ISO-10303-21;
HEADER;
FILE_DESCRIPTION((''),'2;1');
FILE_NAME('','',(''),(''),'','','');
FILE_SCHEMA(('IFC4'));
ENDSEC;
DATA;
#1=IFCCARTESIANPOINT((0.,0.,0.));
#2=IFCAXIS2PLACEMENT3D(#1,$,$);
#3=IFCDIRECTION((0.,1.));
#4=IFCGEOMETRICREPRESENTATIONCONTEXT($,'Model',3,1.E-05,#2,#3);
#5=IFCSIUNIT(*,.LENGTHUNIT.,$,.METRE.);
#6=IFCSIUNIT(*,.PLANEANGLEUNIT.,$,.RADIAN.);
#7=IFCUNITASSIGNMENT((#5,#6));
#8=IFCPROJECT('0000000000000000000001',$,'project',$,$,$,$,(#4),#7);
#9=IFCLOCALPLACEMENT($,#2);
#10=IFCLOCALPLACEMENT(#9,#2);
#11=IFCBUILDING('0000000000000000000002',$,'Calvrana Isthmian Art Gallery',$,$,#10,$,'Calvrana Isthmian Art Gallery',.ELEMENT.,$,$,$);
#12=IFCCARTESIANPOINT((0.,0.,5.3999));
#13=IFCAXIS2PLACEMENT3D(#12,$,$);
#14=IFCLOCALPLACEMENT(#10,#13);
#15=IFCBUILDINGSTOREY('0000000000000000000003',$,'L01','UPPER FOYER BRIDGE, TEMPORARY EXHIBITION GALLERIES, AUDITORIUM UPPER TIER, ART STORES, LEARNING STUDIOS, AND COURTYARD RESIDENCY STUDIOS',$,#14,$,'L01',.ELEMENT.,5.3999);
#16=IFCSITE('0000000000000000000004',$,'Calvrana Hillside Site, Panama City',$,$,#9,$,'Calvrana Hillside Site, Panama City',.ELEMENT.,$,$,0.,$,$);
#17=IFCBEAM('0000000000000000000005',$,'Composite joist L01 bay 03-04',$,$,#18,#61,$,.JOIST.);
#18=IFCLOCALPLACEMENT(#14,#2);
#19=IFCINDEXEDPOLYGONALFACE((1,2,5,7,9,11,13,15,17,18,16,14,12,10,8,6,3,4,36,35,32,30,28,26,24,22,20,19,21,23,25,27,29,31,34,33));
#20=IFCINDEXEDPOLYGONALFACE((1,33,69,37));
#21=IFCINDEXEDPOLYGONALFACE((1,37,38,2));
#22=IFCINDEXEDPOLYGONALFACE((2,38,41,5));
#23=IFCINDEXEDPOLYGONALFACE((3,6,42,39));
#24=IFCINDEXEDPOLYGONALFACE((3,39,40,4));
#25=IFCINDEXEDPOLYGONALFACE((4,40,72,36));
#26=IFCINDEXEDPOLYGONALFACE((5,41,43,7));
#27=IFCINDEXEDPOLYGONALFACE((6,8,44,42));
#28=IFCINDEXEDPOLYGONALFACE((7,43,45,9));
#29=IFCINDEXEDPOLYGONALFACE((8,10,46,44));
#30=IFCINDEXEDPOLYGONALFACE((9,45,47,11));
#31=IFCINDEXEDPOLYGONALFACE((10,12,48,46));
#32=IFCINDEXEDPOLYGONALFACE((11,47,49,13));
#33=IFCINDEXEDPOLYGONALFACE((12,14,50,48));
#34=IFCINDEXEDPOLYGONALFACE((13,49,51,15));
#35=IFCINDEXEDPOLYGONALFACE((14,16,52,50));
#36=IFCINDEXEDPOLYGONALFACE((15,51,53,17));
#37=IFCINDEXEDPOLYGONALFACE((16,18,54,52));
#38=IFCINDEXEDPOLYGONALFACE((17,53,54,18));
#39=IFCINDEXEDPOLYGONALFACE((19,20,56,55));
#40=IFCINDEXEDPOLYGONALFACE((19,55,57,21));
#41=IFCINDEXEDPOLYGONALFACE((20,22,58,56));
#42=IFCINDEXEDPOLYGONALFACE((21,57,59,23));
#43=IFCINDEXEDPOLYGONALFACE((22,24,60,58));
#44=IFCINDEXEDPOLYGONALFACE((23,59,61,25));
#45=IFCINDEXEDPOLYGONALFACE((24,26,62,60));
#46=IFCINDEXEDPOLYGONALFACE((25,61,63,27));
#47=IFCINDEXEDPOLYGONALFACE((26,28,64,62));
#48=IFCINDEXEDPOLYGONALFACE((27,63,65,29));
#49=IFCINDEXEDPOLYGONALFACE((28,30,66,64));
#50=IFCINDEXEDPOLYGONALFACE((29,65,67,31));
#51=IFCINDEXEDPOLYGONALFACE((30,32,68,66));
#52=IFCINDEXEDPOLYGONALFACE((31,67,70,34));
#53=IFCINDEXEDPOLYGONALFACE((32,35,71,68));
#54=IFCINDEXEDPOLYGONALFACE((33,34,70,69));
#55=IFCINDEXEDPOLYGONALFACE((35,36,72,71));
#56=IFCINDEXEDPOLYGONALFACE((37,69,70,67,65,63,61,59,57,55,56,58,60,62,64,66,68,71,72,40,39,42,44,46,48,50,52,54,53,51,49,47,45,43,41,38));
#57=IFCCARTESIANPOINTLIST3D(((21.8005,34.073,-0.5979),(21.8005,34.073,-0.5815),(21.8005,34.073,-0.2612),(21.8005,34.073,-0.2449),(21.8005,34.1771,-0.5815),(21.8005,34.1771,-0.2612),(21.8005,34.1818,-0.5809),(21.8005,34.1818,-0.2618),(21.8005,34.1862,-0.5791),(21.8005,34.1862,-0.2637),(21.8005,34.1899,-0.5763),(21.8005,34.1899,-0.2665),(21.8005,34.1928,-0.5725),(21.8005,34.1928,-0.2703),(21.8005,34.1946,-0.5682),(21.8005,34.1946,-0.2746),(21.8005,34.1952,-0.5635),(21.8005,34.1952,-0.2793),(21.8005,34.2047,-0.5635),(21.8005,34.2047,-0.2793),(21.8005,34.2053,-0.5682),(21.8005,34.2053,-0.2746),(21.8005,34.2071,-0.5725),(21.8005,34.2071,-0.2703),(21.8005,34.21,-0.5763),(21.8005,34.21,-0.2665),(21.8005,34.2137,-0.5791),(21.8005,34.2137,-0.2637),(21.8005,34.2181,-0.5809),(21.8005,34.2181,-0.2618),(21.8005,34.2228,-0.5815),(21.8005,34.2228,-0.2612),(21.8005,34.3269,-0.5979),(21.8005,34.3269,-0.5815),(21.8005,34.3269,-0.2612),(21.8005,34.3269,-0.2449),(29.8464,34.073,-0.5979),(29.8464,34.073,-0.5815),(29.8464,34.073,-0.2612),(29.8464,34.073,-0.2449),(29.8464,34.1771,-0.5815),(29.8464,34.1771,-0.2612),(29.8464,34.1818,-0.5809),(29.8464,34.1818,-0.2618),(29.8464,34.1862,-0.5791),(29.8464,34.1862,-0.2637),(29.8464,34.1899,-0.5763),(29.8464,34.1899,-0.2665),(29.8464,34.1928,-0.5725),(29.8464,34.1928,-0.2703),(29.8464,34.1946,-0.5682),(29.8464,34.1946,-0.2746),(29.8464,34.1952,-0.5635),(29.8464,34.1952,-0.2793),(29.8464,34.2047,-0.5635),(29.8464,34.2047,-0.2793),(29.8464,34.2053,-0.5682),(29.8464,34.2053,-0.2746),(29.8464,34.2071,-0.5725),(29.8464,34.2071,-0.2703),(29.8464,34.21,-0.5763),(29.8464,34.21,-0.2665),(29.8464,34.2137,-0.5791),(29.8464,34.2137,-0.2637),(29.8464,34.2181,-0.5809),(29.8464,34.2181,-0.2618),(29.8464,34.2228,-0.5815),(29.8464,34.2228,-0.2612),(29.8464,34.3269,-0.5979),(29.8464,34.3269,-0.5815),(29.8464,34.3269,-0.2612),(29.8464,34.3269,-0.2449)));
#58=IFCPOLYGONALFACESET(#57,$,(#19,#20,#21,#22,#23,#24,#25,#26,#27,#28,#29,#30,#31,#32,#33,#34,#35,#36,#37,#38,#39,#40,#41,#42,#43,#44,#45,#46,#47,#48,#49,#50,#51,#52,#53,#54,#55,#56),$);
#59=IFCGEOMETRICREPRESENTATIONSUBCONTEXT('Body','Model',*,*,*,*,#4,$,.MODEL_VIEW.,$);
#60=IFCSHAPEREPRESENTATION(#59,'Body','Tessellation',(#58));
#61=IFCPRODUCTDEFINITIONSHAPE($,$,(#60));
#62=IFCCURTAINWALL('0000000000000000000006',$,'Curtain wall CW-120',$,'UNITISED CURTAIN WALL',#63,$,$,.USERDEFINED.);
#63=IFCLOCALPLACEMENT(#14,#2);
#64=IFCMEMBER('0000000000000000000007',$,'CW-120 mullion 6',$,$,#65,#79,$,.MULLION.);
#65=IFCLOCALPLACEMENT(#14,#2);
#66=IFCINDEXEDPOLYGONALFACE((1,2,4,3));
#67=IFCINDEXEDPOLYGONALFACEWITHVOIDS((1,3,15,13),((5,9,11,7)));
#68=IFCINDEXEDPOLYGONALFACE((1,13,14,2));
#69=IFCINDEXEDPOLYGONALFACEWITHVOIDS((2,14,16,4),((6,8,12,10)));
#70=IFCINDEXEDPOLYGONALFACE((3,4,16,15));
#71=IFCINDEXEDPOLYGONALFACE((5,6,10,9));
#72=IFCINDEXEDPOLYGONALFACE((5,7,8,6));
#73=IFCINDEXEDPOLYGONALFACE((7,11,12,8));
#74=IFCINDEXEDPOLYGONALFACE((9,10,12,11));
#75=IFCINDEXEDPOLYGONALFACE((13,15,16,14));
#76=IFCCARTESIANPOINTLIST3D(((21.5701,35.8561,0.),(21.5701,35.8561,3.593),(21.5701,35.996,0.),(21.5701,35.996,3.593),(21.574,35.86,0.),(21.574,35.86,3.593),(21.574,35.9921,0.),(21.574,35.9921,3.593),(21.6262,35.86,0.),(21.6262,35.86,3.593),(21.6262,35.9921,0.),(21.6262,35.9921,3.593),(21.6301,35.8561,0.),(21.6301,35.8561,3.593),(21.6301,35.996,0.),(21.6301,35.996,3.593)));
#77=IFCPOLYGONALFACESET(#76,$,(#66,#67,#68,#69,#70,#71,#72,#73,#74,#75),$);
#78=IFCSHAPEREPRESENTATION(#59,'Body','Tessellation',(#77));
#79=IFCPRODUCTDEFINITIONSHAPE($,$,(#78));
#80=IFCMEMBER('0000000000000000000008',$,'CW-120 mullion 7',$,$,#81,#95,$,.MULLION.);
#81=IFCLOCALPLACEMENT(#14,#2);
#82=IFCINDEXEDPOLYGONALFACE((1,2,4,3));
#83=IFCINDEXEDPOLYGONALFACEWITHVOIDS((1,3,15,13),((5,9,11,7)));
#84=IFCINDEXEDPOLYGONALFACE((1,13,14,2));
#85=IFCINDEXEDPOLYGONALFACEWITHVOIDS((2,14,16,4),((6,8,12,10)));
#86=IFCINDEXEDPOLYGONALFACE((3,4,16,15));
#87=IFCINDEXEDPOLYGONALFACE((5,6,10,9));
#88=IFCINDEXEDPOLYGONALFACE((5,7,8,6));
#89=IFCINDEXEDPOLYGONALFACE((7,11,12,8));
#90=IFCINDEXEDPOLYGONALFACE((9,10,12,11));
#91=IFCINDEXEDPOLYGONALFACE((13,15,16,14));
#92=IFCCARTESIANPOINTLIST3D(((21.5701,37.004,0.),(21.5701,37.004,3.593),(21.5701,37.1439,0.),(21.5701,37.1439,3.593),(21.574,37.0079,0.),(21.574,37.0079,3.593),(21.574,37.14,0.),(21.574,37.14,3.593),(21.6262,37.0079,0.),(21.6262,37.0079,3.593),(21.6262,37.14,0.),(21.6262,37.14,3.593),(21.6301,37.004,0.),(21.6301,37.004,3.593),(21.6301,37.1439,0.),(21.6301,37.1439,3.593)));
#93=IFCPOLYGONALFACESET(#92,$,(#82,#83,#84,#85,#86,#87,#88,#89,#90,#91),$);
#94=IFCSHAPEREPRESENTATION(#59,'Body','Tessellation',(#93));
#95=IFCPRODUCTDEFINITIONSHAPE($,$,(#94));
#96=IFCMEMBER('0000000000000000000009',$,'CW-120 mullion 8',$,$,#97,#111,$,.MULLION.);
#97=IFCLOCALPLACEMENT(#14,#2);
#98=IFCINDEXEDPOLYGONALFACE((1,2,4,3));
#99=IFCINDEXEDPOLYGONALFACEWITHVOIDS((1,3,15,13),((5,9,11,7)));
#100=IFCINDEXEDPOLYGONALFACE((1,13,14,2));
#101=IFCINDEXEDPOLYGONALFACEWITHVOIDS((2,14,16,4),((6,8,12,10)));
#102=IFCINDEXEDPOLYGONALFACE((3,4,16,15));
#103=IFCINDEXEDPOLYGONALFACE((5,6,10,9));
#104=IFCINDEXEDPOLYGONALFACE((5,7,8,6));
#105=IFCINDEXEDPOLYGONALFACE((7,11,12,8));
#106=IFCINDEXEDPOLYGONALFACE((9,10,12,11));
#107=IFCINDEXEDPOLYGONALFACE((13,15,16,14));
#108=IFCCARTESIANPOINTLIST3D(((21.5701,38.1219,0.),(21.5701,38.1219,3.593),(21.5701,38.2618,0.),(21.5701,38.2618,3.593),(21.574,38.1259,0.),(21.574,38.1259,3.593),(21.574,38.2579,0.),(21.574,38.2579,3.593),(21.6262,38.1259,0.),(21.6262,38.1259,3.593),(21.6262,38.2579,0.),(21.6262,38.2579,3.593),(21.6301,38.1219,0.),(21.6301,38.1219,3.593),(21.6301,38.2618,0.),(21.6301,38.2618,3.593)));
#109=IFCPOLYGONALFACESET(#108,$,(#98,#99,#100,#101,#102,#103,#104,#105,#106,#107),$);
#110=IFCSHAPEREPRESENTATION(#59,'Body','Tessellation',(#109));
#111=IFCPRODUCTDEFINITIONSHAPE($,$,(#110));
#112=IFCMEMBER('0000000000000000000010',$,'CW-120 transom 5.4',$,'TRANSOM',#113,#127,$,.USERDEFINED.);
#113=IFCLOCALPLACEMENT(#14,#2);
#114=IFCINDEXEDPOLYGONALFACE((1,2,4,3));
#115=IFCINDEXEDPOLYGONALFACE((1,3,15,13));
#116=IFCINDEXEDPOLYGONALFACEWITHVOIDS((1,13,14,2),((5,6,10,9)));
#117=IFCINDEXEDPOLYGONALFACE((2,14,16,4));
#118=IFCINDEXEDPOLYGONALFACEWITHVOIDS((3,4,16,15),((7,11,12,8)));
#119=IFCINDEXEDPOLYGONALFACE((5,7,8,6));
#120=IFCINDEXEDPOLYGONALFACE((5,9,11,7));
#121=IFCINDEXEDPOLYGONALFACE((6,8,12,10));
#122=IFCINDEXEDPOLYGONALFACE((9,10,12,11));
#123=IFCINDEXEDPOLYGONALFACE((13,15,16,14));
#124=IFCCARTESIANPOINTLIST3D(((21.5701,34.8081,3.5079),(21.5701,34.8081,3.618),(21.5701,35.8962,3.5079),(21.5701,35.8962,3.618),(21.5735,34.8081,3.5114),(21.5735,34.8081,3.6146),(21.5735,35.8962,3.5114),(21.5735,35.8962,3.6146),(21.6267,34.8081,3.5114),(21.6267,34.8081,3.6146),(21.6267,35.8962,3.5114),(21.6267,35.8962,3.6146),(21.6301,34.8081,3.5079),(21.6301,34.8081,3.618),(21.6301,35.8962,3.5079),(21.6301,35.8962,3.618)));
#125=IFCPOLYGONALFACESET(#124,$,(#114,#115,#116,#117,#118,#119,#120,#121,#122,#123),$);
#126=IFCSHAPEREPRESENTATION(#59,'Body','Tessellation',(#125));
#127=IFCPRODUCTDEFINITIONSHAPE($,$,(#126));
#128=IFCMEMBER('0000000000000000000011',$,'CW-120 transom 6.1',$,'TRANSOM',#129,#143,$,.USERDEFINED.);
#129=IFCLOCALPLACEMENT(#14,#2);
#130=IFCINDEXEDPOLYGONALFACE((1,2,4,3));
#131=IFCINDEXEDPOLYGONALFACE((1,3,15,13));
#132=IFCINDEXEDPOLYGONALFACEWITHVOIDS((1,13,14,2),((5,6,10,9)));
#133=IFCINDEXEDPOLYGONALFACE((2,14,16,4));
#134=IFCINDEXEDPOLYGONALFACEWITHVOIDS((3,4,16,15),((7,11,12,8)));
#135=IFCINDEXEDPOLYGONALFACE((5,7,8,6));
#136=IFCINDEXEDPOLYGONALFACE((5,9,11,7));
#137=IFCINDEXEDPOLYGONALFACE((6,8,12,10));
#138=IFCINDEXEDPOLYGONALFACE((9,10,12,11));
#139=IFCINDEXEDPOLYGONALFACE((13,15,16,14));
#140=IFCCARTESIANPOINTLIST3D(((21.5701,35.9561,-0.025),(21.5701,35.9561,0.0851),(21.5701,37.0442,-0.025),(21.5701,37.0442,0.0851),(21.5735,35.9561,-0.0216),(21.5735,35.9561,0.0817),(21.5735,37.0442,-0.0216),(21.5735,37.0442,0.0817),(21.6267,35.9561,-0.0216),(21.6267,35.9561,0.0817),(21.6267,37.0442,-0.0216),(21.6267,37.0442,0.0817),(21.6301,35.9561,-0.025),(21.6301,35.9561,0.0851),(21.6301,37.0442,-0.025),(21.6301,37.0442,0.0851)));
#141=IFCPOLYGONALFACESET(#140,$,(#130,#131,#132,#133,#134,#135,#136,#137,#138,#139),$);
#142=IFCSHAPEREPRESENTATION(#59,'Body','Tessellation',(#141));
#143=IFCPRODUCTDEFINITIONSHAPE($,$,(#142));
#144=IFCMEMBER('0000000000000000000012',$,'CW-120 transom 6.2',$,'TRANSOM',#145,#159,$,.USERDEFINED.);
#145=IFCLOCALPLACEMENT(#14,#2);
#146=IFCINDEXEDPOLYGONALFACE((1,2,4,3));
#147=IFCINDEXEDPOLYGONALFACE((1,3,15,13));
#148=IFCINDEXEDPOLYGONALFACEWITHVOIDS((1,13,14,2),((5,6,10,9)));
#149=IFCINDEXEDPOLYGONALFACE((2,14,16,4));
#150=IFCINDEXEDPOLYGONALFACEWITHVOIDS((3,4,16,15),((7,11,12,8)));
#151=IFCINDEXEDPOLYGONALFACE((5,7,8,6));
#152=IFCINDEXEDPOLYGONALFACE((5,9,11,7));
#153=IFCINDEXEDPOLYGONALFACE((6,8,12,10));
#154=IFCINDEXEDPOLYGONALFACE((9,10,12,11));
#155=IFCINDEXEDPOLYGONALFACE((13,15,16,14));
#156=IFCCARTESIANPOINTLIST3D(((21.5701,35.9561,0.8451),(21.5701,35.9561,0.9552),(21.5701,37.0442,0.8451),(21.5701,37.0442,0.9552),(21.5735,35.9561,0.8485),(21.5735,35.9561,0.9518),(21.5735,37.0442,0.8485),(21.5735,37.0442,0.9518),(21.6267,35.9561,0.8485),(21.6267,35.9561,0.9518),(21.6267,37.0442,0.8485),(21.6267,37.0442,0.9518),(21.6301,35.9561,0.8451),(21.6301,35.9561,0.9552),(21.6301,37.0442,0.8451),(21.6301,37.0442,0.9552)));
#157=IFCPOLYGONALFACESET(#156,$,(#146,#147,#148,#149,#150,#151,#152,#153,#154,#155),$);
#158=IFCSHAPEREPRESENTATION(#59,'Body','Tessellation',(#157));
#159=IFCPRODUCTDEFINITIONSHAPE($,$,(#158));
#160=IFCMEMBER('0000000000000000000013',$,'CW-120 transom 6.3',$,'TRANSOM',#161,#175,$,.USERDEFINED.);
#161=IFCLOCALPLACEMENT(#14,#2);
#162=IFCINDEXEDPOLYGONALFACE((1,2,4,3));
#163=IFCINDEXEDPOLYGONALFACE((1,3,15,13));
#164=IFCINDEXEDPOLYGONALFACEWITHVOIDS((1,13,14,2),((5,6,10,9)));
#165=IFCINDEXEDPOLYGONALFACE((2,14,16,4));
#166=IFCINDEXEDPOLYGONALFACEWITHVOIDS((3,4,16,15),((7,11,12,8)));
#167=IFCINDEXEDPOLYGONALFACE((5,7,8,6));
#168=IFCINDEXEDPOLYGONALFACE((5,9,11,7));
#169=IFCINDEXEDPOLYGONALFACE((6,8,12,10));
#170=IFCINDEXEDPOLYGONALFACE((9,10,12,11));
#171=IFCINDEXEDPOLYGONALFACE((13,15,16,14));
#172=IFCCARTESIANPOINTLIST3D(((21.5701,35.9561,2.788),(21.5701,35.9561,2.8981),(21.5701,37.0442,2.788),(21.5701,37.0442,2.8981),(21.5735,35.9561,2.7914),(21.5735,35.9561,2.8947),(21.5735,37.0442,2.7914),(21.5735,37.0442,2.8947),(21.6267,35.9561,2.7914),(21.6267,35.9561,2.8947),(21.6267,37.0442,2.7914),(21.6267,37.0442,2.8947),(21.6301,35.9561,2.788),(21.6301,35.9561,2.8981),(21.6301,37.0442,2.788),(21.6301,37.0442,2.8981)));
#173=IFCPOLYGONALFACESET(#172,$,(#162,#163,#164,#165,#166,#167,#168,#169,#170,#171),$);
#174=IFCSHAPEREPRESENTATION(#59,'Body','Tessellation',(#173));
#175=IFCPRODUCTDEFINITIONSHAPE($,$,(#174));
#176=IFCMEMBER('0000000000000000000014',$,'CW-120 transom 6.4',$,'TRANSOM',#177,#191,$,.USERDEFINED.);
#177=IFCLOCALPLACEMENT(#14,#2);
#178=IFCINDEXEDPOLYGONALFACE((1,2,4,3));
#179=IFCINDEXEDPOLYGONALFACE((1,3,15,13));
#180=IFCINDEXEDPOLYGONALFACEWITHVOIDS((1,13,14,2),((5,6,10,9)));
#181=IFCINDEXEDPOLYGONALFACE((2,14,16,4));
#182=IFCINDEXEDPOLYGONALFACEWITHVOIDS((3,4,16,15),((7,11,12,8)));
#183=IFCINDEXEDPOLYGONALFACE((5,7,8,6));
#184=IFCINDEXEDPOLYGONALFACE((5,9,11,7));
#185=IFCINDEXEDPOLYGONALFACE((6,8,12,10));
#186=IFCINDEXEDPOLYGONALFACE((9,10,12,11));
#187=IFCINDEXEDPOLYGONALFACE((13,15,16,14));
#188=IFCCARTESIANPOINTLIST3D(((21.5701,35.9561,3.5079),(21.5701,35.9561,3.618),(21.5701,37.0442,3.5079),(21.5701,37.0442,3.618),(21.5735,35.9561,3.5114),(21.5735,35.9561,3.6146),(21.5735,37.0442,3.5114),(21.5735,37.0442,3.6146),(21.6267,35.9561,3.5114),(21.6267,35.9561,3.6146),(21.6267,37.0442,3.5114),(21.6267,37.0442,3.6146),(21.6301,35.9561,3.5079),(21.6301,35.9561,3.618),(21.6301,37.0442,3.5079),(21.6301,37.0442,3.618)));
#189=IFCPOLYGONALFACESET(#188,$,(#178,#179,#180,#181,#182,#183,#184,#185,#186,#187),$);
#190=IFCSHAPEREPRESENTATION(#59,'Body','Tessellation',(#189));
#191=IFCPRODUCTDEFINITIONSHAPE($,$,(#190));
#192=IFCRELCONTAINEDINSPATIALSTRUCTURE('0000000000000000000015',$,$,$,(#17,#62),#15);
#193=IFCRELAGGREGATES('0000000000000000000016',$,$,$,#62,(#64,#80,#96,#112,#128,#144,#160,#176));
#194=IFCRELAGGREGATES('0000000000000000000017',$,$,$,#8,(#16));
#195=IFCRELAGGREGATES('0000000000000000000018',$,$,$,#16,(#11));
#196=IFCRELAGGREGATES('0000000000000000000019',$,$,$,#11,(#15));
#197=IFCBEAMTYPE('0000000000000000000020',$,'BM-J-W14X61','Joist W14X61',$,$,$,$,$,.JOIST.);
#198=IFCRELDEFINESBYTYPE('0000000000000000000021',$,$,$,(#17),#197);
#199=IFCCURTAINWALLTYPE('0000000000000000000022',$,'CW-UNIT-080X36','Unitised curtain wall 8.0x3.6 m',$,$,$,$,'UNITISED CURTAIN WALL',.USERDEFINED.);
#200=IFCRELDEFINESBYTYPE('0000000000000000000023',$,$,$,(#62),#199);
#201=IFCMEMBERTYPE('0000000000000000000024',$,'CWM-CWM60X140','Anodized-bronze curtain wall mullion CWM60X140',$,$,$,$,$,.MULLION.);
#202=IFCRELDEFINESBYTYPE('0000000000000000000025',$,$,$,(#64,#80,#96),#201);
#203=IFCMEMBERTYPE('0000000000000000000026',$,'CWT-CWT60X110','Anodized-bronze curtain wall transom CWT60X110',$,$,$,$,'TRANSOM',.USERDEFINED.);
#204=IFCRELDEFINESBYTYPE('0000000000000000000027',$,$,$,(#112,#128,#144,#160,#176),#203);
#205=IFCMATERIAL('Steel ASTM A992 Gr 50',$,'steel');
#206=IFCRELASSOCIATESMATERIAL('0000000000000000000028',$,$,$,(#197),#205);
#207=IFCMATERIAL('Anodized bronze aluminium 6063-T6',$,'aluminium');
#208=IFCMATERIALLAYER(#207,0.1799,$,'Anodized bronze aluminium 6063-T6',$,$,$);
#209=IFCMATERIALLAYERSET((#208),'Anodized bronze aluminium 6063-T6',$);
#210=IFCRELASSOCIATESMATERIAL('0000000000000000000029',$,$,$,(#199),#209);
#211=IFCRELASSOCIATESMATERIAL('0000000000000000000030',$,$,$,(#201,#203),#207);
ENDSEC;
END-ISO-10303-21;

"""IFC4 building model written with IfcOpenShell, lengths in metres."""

from ifc_helpers import new_model, si_unit, direction, frame, origin, origin_2d, place, context, subcontext, project, spatial, hollow_rectangle, i_section, extrude, material, layer, layer_set, material_profile, profile_set, type_object, element, aggregate, save


model = new_model("IFC4")

# Units and contexts
model_context = context("Model", 3, precision=1e-05, world=origin(), true_north=direction((0.0, 1.0)))
body_context = subcontext(model_context, "Body", "Model", "MODEL_VIEW")
ifc_project = project(units=[si_unit("LENGTHUNIT", "METRE"), si_unit("PLANEANGLEUNIT", "RADIAN")], contexts=[model_context])

# Site, building, storey
site_placement = place(None, origin())
site = spatial("IfcSite", under=ifc_project, at=site_placement, Name="Calvrana Hillside Site, Panama City", LongName="Calvrana Hillside Site, Panama City", CompositionType="ELEMENT", RefElevation=0.0)
building_placement = place(site_placement, origin())
building = spatial("IfcBuilding", under=site, at=building_placement, Name="Calvrana Isthmian Art Gallery", LongName="Calvrana Isthmian Art Gallery", CompositionType="ELEMENT")
storey_placement = place(building_placement, frame((0.0, 0.0, 5.3999)))
storey = spatial("IfcBuildingStorey", under=building, at=storey_placement, Name="L01", Description="UPPER FOYER BRIDGE, TEMPORARY EXHIBITION GALLERIES, AUDITORIUM UPPER TIER, ART STORES, LEARNING STUDIOS, AND COURTYARD RESIDENCY STUDIOS", LongName="L01", CompositionType="ELEMENT", Elevation=5.3999)

# Shared definitions
ifc_material_1 = material(Name="Steel ASTM A992 Gr 50", Category="steel")

# Beam
ifc_material_profile_1 = material_profile(ifc_material_1, i_section(OverallWidth=0.2539, OverallDepth=0.353, WebThickness=0.0095, FlangeThickness=0.0164, FilletRadius=0.0181, at=origin_2d()), Name="W14X61")
ifc_profile_set_1 = profile_set([ifc_material_profile_1], Name="Steel ASTM A992 Gr 50")
beam_type_1 = type_object("IfcBeamType", Name="BM-J-W14X61", Description="Joist W14X61", PredefinedType="JOIST", material=ifc_profile_set_1)
beam_1_placement = place(storey_placement, frame((21.8005, 34.2, -0.4214), z_axis=(1.0, 0.0, 0.0), x_axis=(0.0, 1.0, 0.0)))
element("IfcBeam", 1, at=beam_1_placement, inside=storey, type_object=beam_type_1, Name="Composite joist L01 bay 03-04", PredefinedType="JOIST", context=body_context, shape_type="SweptSolid", body=[
    extrude(i_section(OverallWidth=0.2539, OverallDepth=0.353, WebThickness=0.0095, FlangeThickness=0.0164, FilletRadius=0.0181, at=origin_2d()), origin(), (0.0, 0.0, 1.0), 8.0459),
])

# Curtain wall, members
ifc_material_2 = material(Name="Anodized bronze aluminium 6063-T6", Category="aluminium")
ifc_layer_1 = layer(ifc_material_2, 0.1799, Name="Anodized bronze aluminium 6063-T6")
ifc_layer_set_1 = layer_set([ifc_layer_1], Name="Anodized bronze aluminium 6063-T6")
curtain_wall_type = type_object("IfcCurtainWallType", Name="CW-UNIT-080X36", Description="Unitised curtain wall 8.0x3.6 m", ElementType="UNITISED CURTAIN WALL", PredefinedType="USERDEFINED", material=ifc_layer_set_1)
curtain_wall_placement = place(storey_placement, origin())
curtain_wall = element("IfcCurtainWall", 2, at=curtain_wall_placement, inside=storey, type_object=curtain_wall_type, Name="Curtain wall CW-120", ObjectType="UNITISED CURTAIN WALL", PredefinedType="USERDEFINED")
ifc_material_profile_2 = material_profile(ifc_material_2, hollow_rectangle(XDim=0.0601, YDim=0.1399, WallThickness=0.0039, at=origin_2d()), Name="CWM60X140")
ifc_profile_set_2 = profile_set([ifc_material_profile_2], Name="Anodized bronze aluminium 6063-T6")
member_type_1 = type_object("IfcMemberType", Name="CWM-CWM60X140", Description="Anodized-bronze curtain wall mullion CWM60X140", PredefinedType="MULLION", material=ifc_profile_set_2)
member_1_placement = place(storey_placement, frame((21.6001, 35.926, 0.0), z_axis=(0.0, 0.0, 1.0), x_axis=(-1.0, 0.0, 0.0)))
member_1 = element("IfcMember", 3, at=member_1_placement, type_object=member_type_1, Name="CW-120 mullion 6", PredefinedType="MULLION", context=body_context, shape_type="SweptSolid", body=[
    extrude(hollow_rectangle(XDim=0.0601, YDim=0.1399, WallThickness=0.0039, at=origin_2d()), origin(), (0.0, 0.0, 1.0), 3.593),
])
member_2_placement = place(storey_placement, frame((21.6001, 37.074, 0.0), z_axis=(0.0, 0.0, 1.0), x_axis=(-1.0, 0.0, 0.0)))
member_2 = element("IfcMember", 4, at=member_2_placement, type_object=member_type_1, Name="CW-120 mullion 7", PredefinedType="MULLION", context=body_context, shape_type="SweptSolid", body=[
    extrude(hollow_rectangle(XDim=0.0601, YDim=0.1399, WallThickness=0.0039, at=origin_2d()), origin(), (0.0, 0.0, 1.0), 3.593),
])
member_3_placement = place(storey_placement, frame((21.6001, 38.1919, 0.0), z_axis=(0.0, 0.0, 1.0), x_axis=(-1.0, 0.0, 0.0)))
member_3 = element("IfcMember", 5, at=member_3_placement, type_object=member_type_1, Name="CW-120 mullion 8", PredefinedType="MULLION", context=body_context, shape_type="SweptSolid", body=[
    extrude(hollow_rectangle(XDim=0.0601, YDim=0.1399, WallThickness=0.0039, at=origin_2d()), origin(), (0.0, 0.0, 1.0), 3.593),
])
ifc_material_profile_3 = material_profile(ifc_material_2, hollow_rectangle(XDim=0.0601, YDim=0.1101, WallThickness=0.0034, at=origin_2d()), Name="CWT60X110")
ifc_profile_set_3 = profile_set([ifc_material_profile_3], Name="Anodized bronze aluminium 6063-T6")
member_type_2 = type_object("IfcMemberType", Name="CWT-CWT60X110", Description="Anodized-bronze curtain wall transom CWT60X110", ElementType="TRANSOM", PredefinedType="USERDEFINED", material=ifc_profile_set_3)
member_4_placement = place(storey_placement, frame((21.6001, 34.8081, 3.563), z_axis=(0.0, 1.0, 0.0), x_axis=(-1.0, 0.0, 0.0)))
member_4 = element("IfcMember", 6, at=member_4_placement, type_object=member_type_2, Name="CW-120 transom 5.4", ObjectType="TRANSOM", PredefinedType="USERDEFINED", context=body_context, shape_type="SweptSolid", body=[
    extrude(hollow_rectangle(XDim=0.0601, YDim=0.1101, WallThickness=0.0034, at=origin_2d()), origin(), (0.0, 0.0, 1.0), 1.0881),
])
member_5_placement = place(storey_placement, frame((21.6001, 35.9561, 0.03), z_axis=(0.0, 1.0, 0.0), x_axis=(-1.0, 0.0, 0.0)))
member_5 = element("IfcMember", 7, at=member_5_placement, type_object=member_type_2, Name="CW-120 transom 6.1", ObjectType="TRANSOM", PredefinedType="USERDEFINED", context=body_context, shape_type="SweptSolid", body=[
    extrude(hollow_rectangle(XDim=0.0601, YDim=0.1101, WallThickness=0.0034, at=origin_2d()), origin(), (0.0, 0.0, 1.0), 1.0881),
])
member_6_placement = place(storey_placement, frame((21.6001, 35.9561, 0.9001), z_axis=(0.0, 1.0, 0.0), x_axis=(-1.0, 0.0, 0.0)))
member_6 = element("IfcMember", 8, at=member_6_placement, type_object=member_type_2, Name="CW-120 transom 6.2", ObjectType="TRANSOM", PredefinedType="USERDEFINED", context=body_context, shape_type="SweptSolid", body=[
    extrude(hollow_rectangle(XDim=0.0601, YDim=0.1101, WallThickness=0.0034, at=origin_2d()), origin(), (0.0, 0.0, 1.0), 1.0881),
])
member_7_placement = place(storey_placement, frame((21.6001, 35.9561, 2.843), z_axis=(0.0, 1.0, 0.0), x_axis=(-1.0, 0.0, 0.0)))
member_7 = element("IfcMember", 9, at=member_7_placement, type_object=member_type_2, Name="CW-120 transom 6.3", ObjectType="TRANSOM", PredefinedType="USERDEFINED", context=body_context, shape_type="SweptSolid", body=[
    extrude(hollow_rectangle(XDim=0.0601, YDim=0.1101, WallThickness=0.0034, at=origin_2d()), origin(), (0.0, 0.0, 1.0), 1.0881),
])
member_8_placement = place(storey_placement, frame((21.6001, 35.9561, 3.563), z_axis=(0.0, 1.0, 0.0), x_axis=(-1.0, 0.0, 0.0)))
member_8 = element("IfcMember", 10, at=member_8_placement, type_object=member_type_2, Name="CW-120 transom 6.4", ObjectType="TRANSOM", PredefinedType="USERDEFINED", context=body_context, shape_type="SweptSolid", body=[
    extrude(hollow_rectangle(XDim=0.0601, YDim=0.1101, WallThickness=0.0034, at=origin_2d()), origin(), (0.0, 0.0, 1.0), 1.0881),
])
aggregate(curtain_wall, [member_1, member_2, member_3, member_4, member_5, member_6, member_7, member_8])

save(model, "model.ifc")
